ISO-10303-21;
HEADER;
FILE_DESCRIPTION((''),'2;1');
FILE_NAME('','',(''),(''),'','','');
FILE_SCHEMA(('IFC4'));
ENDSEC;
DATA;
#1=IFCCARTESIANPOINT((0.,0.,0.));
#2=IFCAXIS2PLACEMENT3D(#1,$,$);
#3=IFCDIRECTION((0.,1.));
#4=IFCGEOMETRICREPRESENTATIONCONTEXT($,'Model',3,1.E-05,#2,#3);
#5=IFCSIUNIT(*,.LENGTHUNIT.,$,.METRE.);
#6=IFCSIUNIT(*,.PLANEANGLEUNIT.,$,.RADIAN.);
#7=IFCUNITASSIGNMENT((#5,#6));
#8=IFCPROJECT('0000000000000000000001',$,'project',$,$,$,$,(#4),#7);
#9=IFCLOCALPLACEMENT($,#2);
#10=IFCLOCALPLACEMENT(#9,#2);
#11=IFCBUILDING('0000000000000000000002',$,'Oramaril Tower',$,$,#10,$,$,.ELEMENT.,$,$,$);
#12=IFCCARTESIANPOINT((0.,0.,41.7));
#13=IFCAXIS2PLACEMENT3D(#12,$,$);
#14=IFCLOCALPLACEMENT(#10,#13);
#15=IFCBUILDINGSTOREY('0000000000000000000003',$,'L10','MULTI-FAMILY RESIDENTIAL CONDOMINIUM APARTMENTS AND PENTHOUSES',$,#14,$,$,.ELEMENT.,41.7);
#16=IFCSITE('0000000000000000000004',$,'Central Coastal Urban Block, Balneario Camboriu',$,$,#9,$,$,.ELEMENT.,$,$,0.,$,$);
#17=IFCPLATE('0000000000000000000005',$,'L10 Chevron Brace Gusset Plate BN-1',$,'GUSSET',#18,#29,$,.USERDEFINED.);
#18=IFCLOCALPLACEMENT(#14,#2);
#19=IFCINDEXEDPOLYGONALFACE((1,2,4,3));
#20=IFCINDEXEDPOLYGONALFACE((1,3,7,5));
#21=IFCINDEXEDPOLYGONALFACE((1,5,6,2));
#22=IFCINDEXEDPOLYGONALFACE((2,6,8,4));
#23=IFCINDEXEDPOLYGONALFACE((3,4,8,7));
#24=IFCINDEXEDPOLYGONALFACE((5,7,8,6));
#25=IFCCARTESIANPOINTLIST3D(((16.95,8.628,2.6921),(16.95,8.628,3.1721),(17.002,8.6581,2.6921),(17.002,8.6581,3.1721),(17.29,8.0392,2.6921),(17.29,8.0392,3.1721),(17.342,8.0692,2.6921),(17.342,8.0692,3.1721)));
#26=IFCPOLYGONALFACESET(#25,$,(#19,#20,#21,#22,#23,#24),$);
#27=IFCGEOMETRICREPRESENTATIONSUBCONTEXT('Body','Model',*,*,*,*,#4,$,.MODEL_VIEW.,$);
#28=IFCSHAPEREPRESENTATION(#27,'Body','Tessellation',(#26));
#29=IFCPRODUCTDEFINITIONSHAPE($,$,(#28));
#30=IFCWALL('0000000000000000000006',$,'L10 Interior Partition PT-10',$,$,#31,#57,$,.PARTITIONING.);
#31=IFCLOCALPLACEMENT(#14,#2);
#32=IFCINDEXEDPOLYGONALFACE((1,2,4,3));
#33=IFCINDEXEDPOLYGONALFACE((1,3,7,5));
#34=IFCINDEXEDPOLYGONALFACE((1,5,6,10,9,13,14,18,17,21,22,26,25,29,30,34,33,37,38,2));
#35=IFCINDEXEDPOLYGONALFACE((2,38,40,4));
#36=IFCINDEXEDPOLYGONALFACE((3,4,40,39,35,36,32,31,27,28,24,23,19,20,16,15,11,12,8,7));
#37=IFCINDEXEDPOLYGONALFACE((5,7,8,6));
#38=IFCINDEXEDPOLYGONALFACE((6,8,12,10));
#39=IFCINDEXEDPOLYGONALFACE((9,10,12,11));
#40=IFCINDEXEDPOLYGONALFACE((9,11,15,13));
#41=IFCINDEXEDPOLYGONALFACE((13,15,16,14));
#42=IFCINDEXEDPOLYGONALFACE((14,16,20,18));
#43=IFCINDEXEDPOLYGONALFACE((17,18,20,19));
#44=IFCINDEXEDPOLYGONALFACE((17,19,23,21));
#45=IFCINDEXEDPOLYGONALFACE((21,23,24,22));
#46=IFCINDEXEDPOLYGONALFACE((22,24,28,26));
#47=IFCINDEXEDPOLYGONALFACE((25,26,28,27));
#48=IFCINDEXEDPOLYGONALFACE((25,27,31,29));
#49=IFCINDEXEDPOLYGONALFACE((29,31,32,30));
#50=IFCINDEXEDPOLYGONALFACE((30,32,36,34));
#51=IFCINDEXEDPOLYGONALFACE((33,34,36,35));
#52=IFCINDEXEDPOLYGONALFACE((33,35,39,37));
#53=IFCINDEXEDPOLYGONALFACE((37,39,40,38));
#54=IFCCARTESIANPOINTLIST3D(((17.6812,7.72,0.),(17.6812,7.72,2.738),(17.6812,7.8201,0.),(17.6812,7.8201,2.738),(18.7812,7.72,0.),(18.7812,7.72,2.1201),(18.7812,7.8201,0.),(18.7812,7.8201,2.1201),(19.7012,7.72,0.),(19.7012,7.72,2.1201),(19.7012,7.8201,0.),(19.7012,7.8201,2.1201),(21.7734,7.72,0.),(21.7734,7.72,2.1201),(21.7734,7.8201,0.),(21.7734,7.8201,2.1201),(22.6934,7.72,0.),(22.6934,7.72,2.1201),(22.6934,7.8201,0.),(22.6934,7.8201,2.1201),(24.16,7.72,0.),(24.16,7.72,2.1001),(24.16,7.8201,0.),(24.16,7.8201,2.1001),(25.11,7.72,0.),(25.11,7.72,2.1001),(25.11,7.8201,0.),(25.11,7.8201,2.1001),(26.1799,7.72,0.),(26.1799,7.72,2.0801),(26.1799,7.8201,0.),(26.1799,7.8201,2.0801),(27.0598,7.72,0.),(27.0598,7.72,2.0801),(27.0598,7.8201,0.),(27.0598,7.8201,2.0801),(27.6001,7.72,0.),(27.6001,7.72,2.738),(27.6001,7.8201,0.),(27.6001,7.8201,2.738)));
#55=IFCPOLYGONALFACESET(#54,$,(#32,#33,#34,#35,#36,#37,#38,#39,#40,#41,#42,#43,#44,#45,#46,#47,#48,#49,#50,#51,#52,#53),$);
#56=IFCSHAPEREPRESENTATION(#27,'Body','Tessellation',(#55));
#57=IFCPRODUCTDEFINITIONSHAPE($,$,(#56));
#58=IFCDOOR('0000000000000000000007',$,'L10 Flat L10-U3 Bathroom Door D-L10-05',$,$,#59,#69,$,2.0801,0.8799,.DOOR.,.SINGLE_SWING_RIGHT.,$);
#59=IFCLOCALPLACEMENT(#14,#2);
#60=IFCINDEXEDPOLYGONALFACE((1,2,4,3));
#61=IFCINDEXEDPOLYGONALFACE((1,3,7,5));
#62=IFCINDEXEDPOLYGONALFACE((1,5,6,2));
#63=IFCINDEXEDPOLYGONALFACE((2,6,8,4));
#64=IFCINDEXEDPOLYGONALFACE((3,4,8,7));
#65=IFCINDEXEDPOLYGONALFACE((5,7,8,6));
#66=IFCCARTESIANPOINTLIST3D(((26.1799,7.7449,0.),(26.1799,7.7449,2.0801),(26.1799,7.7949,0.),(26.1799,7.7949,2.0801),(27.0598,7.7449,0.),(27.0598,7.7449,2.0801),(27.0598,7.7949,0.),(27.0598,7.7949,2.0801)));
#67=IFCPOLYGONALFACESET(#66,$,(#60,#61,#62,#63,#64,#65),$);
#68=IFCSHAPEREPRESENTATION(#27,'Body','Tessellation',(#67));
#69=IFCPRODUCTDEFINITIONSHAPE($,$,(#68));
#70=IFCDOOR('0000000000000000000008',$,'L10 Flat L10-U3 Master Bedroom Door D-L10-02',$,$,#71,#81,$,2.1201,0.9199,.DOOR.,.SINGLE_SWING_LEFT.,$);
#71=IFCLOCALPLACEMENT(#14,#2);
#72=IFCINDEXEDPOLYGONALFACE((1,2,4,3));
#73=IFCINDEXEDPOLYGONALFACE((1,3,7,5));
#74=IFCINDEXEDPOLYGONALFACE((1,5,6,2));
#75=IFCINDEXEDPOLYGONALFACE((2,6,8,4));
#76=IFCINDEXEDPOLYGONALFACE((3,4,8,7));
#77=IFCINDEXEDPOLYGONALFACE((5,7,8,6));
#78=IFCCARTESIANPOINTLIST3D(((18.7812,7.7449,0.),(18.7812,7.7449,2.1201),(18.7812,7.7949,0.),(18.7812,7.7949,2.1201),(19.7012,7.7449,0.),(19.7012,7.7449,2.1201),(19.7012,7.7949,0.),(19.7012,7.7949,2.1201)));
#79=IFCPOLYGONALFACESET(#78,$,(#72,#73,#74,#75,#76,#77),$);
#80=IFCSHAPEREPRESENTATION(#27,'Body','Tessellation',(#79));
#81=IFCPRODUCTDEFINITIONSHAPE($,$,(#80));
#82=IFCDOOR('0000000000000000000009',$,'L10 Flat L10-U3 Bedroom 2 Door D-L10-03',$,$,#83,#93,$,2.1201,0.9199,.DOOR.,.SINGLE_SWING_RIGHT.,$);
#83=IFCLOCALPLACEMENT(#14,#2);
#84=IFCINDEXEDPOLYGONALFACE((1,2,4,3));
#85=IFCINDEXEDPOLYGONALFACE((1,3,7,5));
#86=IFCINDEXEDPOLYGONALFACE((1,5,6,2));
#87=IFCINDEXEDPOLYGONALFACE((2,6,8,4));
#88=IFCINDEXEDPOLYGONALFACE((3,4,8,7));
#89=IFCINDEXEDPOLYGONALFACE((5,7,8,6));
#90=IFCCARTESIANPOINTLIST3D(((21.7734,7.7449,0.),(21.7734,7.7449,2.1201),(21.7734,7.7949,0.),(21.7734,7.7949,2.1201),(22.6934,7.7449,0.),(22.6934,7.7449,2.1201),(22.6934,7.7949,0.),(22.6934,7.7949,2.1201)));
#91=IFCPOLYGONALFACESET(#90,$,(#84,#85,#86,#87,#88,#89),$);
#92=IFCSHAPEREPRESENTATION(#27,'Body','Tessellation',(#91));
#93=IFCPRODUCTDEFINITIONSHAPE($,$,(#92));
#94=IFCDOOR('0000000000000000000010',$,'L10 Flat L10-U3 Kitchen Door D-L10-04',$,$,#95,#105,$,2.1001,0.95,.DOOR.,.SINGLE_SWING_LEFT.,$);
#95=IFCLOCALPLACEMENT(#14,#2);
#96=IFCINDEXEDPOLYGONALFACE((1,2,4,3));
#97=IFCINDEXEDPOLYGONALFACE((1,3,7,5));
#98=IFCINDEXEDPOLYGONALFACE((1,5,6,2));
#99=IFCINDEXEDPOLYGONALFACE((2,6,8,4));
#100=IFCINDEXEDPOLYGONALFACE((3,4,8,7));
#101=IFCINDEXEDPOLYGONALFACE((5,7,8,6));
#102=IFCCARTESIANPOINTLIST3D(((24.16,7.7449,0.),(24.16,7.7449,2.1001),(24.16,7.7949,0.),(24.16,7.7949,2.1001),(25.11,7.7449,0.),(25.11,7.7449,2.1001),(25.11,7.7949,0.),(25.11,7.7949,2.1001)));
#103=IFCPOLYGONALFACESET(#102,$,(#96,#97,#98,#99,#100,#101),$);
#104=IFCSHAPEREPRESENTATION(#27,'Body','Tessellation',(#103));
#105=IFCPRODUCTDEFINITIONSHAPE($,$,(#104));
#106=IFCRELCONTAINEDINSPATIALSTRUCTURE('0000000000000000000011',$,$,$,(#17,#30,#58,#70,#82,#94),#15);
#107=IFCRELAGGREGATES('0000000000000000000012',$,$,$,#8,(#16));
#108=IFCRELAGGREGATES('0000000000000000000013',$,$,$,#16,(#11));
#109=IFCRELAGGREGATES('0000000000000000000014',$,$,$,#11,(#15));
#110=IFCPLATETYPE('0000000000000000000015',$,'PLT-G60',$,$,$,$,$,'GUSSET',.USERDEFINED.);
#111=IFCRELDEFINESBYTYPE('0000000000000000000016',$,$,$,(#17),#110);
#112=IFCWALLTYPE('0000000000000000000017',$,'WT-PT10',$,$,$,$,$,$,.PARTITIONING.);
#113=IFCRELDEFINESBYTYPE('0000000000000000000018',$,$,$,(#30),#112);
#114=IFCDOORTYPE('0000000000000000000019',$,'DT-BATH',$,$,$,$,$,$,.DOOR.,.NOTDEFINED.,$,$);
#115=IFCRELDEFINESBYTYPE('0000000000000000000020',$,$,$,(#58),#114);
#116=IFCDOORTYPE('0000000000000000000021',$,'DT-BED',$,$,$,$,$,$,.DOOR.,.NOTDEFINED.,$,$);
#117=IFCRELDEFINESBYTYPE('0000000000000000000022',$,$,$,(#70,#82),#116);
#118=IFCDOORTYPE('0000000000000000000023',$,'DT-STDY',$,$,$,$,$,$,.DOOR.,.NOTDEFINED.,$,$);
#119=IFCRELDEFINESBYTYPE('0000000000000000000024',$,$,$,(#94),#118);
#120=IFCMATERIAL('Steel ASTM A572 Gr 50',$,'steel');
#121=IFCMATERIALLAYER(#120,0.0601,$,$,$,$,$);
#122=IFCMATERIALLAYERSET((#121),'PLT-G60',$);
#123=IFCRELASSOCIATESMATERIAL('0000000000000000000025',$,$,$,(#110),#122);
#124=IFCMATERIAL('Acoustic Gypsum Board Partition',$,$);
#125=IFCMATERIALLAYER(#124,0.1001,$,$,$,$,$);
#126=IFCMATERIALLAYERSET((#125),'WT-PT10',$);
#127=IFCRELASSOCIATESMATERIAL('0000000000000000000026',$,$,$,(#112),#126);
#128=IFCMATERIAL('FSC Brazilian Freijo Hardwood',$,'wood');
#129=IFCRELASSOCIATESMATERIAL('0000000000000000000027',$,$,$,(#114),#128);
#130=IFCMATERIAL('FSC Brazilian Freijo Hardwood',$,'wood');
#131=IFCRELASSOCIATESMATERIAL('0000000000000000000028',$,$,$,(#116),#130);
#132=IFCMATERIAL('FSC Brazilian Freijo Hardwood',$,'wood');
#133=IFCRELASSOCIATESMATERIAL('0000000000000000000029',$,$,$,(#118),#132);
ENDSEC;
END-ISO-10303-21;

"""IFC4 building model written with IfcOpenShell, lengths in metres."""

from ifc_helpers import new_model, si_unit, direction, frame, frame_2d, origin, origin_2d, place, context, subcontext, project, spatial, rectangle, extrude, material, layer, layer_set, type_object, element, fill, save


model = new_model("IFC4")

# Units and contexts
model_context = context("Model", 3, precision=1e-05, world=origin(), true_north=direction((0.0, 1.0)))
body_context = subcontext(model_context, "Body", "Model", "MODEL_VIEW")
ifc_project = project(units=[si_unit("LENGTHUNIT", "METRE"), si_unit("PLANEANGLEUNIT", "RADIAN")], contexts=[model_context])

# Site, building, storey
site_placement = place(None, origin())
site = spatial("IfcSite", under=ifc_project, at=site_placement, Name="Central Coastal Urban Block, Balneario Camboriu", CompositionType="ELEMENT", RefElevation=0.0)
building_placement = place(site_placement, origin())
building = spatial("IfcBuilding", under=site, at=building_placement, Name="Oramaril Tower", CompositionType="ELEMENT")
storey_placement = place(building_placement, frame((0.0, 0.0, 41.7)))
storey = spatial("IfcBuildingStorey", under=building, at=storey_placement, Name="L10", Description="MULTI-FAMILY RESIDENTIAL CONDOMINIUM APARTMENTS AND PENTHOUSES", CompositionType="ELEMENT", Elevation=41.7)

# Plate
ifc_material_1 = material(Name="Steel ASTM A572 Gr 50", Category="steel")
ifc_layer_1 = layer(ifc_material_1, 0.0601)
ifc_layer_set_1 = layer_set([ifc_layer_1], Name="PLT-G60")
plate_type = type_object("IfcPlateType", Name="PLT-G60", ElementType="GUSSET", PredefinedType="USERDEFINED", material=ifc_layer_set_1)
plate_placement = place(storey_placement, frame((17.146, 8.3486, 2.6921), z_axis=(0.0, 0.0, 1.0), x_axis=(0.499997, -0.866027, 0.0)))
element("IfcPlate", 1, at=plate_placement, inside=storey, type_object=plate_type, Name="L10 Chevron Brace Gusset Plate BN-1", ObjectType="GUSSET", PredefinedType="USERDEFINED", context=body_context, shape_type="SweptSolid", body=[
    extrude(rectangle(XDim=0.6799, YDim=0.0601, at=origin_2d()), origin(), (0.0, 0.0, 1.0), 0.48),
])

# Wall, openings, doors
ifc_material_2 = material(Name="Acoustic Gypsum Board Partition")
ifc_layer_2 = layer(ifc_material_2, 0.1001)
ifc_layer_set_2 = layer_set([ifc_layer_2], Name="WT-PT10")
wall_type_1 = type_object("IfcWallType", Name="WT-PT10", PredefinedType="PARTITIONING", material=ifc_layer_set_2)
wall_1_placement = place(storey_placement, frame((17.6812, 7.77, 0.0), z_axis=(0.0, 0.0, 1.0), x_axis=(1.0, 0.0, 0.0)))
wall_1 = element("IfcWall", 2, at=wall_1_placement, inside=storey, type_object=wall_type_1, Name="L10 Interior Partition PT-10", PredefinedType="PARTITIONING", context=body_context, shape_type="SweptSolid", body=[
    extrude(rectangle(XDim=9.9189, YDim=0.1001, at=frame_2d((4.9595, 0.0))), origin(), (0.0, 0.0, 1.0), 2.738),
])
opening_1_placement = place(wall_1_placement, frame((1.1001, 0.0, 0.0)))
opening_1 = element("IfcOpeningElement", 3, at=opening_1_placement, cuts=wall_1, PredefinedType="OPENING", context=body_context, shape_type="SweptSolid", body=[
    extrude(rectangle(XDim=0.9199, YDim=2.1201, at=frame_2d((0.46, 1.0601))), frame((0.0, 0.05, 0.0), z_axis=(0.0, -1.0, 0.0), x_axis=(1.0, 0.0, 0.0)), (0.0, 0.0, 1.0), 0.1001),
])
opening_2_placement = place(wall_1_placement, frame((4.0923, 0.0, 0.0)))
opening_2 = element("IfcOpeningElement", 4, at=opening_2_placement, cuts=wall_1, PredefinedType="OPENING", context=body_context, shape_type="SweptSolid", body=[
    extrude(rectangle(XDim=0.9199, YDim=2.1201, at=frame_2d((0.46, 1.0601))), frame((0.0, 0.05, 0.0), z_axis=(0.0, -1.0, 0.0), x_axis=(1.0, 0.0, 0.0)), (0.0, 0.0, 1.0), 0.1001),
])
opening_3_placement = place(wall_1_placement, frame((6.4788, 0.0, 0.0)))
opening_3 = element("IfcOpeningElement", 5, at=opening_3_placement, cuts=wall_1, PredefinedType="OPENING", context=body_context, shape_type="SweptSolid", body=[
    extrude(rectangle(XDim=0.95, YDim=2.1001, at=frame_2d((0.4751, 1.05))), frame((0.0, 0.05, 0.0), z_axis=(0.0, -1.0, 0.0), x_axis=(1.0, 0.0, 0.0)), (0.0, 0.0, 1.0), 0.1001),
])
opening_4_placement = place(wall_1_placement, frame((8.4988, 0.0, 0.0)))
opening_4 = element("IfcOpeningElement", 6, at=opening_4_placement, cuts=wall_1, PredefinedType="OPENING", context=body_context, shape_type="SweptSolid", body=[
    extrude(rectangle(XDim=0.8799, YDim=2.0801, at=frame_2d((0.4399, 1.04))), frame((0.0, 0.05, 0.0), z_axis=(0.0, -1.0, 0.0), x_axis=(1.0, 0.0, 0.0)), (0.0, 0.0, 1.0), 0.1001),
])
ifc_material_3 = material(Name="FSC Brazilian Freijo Hardwood", Category="wood")
door_type_1 = type_object("IfcDoorType", Name="DT-BATH", OperationType="NOTDEFINED", PredefinedType="DOOR", material=ifc_material_3)
door_1_placement = place(opening_4_placement, origin())
door_1 = element("IfcDoor", 7, at=door_1_placement, inside=storey, type_object=door_type_1, Name="L10 Flat L10-U3 Bathroom Door D-L10-05", OperationType="SINGLE_SWING_RIGHT", OverallHeight=2.0801, OverallWidth=0.8799, PredefinedType="DOOR", context=body_context, shape_type="SweptSolid", body=[
    extrude(rectangle(XDim=0.8799, YDim=2.0801, at=frame_2d((0.4399, 1.04))), frame((0.0, 0.0249, 0.0), z_axis=(0.0, -1.0, 0.0), x_axis=(1.0, 0.0, 0.0)), (0.0, 0.0, 1.0), 0.05),
])
fill(opening_4, door_1)
ifc_material_4 = material(Name="FSC Brazilian Freijo Hardwood", Category="wood")
door_type_2 = type_object("IfcDoorType", Name="DT-BED", OperationType="NOTDEFINED", PredefinedType="DOOR", material=ifc_material_4)
door_2_placement = place(opening_1_placement, origin())
door_2 = element("IfcDoor", 8, at=door_2_placement, inside=storey, type_object=door_type_2, Name="L10 Flat L10-U3 Master Bedroom Door D-L10-02", OperationType="SINGLE_SWING_LEFT", OverallHeight=2.1201, OverallWidth=0.9199, PredefinedType="DOOR", context=body_context, shape_type="SweptSolid", body=[
    extrude(rectangle(XDim=0.9199, YDim=2.1201, at=frame_2d((0.46, 1.0601))), frame((0.0, 0.0249, 0.0), z_axis=(0.0, -1.0, 0.0), x_axis=(1.0, 0.0, 0.0)), (0.0, 0.0, 1.0), 0.05),
])
fill(opening_1, door_2)
door_3_placement = place(opening_2_placement, origin())
door_3 = element("IfcDoor", 9, at=door_3_placement, inside=storey, type_object=door_type_2, Name="L10 Flat L10-U3 Bedroom 2 Door D-L10-03", OperationType="SINGLE_SWING_RIGHT", OverallHeight=2.1201, OverallWidth=0.9199, PredefinedType="DOOR", context=body_context, shape_type="SweptSolid", body=[
    extrude(rectangle(XDim=0.9199, YDim=2.1201, at=frame_2d((0.46, 1.0601))), frame((0.0, 0.0249, 0.0), z_axis=(0.0, -1.0, 0.0), x_axis=(1.0, 0.0, 0.0)), (0.0, 0.0, 1.0), 0.05),
])
fill(opening_2, door_3)
ifc_material_5 = material(Name="FSC Brazilian Freijo Hardwood", Category="wood")
door_type_3 = type_object("IfcDoorType", Name="DT-STDY", OperationType="NOTDEFINED", PredefinedType="DOOR", material=ifc_material_5)
door_4_placement = place(opening_3_placement, origin())
door_4 = element("IfcDoor", 10, at=door_4_placement, inside=storey, type_object=door_type_3, Name="L10 Flat L10-U3 Kitchen Door D-L10-04", OperationType="SINGLE_SWING_LEFT", OverallHeight=2.1001, OverallWidth=0.95, PredefinedType="DOOR", context=body_context, shape_type="SweptSolid", body=[
    extrude(rectangle(XDim=0.95, YDim=2.1001, at=frame_2d((0.4751, 1.05))), frame((0.0, 0.0249, 0.0), z_axis=(0.0, -1.0, 0.0), x_axis=(1.0, 0.0, 0.0)), (0.0, 0.0, 1.0), 0.05),
])
fill(opening_3, door_4)

save(model, "model.ifc")
